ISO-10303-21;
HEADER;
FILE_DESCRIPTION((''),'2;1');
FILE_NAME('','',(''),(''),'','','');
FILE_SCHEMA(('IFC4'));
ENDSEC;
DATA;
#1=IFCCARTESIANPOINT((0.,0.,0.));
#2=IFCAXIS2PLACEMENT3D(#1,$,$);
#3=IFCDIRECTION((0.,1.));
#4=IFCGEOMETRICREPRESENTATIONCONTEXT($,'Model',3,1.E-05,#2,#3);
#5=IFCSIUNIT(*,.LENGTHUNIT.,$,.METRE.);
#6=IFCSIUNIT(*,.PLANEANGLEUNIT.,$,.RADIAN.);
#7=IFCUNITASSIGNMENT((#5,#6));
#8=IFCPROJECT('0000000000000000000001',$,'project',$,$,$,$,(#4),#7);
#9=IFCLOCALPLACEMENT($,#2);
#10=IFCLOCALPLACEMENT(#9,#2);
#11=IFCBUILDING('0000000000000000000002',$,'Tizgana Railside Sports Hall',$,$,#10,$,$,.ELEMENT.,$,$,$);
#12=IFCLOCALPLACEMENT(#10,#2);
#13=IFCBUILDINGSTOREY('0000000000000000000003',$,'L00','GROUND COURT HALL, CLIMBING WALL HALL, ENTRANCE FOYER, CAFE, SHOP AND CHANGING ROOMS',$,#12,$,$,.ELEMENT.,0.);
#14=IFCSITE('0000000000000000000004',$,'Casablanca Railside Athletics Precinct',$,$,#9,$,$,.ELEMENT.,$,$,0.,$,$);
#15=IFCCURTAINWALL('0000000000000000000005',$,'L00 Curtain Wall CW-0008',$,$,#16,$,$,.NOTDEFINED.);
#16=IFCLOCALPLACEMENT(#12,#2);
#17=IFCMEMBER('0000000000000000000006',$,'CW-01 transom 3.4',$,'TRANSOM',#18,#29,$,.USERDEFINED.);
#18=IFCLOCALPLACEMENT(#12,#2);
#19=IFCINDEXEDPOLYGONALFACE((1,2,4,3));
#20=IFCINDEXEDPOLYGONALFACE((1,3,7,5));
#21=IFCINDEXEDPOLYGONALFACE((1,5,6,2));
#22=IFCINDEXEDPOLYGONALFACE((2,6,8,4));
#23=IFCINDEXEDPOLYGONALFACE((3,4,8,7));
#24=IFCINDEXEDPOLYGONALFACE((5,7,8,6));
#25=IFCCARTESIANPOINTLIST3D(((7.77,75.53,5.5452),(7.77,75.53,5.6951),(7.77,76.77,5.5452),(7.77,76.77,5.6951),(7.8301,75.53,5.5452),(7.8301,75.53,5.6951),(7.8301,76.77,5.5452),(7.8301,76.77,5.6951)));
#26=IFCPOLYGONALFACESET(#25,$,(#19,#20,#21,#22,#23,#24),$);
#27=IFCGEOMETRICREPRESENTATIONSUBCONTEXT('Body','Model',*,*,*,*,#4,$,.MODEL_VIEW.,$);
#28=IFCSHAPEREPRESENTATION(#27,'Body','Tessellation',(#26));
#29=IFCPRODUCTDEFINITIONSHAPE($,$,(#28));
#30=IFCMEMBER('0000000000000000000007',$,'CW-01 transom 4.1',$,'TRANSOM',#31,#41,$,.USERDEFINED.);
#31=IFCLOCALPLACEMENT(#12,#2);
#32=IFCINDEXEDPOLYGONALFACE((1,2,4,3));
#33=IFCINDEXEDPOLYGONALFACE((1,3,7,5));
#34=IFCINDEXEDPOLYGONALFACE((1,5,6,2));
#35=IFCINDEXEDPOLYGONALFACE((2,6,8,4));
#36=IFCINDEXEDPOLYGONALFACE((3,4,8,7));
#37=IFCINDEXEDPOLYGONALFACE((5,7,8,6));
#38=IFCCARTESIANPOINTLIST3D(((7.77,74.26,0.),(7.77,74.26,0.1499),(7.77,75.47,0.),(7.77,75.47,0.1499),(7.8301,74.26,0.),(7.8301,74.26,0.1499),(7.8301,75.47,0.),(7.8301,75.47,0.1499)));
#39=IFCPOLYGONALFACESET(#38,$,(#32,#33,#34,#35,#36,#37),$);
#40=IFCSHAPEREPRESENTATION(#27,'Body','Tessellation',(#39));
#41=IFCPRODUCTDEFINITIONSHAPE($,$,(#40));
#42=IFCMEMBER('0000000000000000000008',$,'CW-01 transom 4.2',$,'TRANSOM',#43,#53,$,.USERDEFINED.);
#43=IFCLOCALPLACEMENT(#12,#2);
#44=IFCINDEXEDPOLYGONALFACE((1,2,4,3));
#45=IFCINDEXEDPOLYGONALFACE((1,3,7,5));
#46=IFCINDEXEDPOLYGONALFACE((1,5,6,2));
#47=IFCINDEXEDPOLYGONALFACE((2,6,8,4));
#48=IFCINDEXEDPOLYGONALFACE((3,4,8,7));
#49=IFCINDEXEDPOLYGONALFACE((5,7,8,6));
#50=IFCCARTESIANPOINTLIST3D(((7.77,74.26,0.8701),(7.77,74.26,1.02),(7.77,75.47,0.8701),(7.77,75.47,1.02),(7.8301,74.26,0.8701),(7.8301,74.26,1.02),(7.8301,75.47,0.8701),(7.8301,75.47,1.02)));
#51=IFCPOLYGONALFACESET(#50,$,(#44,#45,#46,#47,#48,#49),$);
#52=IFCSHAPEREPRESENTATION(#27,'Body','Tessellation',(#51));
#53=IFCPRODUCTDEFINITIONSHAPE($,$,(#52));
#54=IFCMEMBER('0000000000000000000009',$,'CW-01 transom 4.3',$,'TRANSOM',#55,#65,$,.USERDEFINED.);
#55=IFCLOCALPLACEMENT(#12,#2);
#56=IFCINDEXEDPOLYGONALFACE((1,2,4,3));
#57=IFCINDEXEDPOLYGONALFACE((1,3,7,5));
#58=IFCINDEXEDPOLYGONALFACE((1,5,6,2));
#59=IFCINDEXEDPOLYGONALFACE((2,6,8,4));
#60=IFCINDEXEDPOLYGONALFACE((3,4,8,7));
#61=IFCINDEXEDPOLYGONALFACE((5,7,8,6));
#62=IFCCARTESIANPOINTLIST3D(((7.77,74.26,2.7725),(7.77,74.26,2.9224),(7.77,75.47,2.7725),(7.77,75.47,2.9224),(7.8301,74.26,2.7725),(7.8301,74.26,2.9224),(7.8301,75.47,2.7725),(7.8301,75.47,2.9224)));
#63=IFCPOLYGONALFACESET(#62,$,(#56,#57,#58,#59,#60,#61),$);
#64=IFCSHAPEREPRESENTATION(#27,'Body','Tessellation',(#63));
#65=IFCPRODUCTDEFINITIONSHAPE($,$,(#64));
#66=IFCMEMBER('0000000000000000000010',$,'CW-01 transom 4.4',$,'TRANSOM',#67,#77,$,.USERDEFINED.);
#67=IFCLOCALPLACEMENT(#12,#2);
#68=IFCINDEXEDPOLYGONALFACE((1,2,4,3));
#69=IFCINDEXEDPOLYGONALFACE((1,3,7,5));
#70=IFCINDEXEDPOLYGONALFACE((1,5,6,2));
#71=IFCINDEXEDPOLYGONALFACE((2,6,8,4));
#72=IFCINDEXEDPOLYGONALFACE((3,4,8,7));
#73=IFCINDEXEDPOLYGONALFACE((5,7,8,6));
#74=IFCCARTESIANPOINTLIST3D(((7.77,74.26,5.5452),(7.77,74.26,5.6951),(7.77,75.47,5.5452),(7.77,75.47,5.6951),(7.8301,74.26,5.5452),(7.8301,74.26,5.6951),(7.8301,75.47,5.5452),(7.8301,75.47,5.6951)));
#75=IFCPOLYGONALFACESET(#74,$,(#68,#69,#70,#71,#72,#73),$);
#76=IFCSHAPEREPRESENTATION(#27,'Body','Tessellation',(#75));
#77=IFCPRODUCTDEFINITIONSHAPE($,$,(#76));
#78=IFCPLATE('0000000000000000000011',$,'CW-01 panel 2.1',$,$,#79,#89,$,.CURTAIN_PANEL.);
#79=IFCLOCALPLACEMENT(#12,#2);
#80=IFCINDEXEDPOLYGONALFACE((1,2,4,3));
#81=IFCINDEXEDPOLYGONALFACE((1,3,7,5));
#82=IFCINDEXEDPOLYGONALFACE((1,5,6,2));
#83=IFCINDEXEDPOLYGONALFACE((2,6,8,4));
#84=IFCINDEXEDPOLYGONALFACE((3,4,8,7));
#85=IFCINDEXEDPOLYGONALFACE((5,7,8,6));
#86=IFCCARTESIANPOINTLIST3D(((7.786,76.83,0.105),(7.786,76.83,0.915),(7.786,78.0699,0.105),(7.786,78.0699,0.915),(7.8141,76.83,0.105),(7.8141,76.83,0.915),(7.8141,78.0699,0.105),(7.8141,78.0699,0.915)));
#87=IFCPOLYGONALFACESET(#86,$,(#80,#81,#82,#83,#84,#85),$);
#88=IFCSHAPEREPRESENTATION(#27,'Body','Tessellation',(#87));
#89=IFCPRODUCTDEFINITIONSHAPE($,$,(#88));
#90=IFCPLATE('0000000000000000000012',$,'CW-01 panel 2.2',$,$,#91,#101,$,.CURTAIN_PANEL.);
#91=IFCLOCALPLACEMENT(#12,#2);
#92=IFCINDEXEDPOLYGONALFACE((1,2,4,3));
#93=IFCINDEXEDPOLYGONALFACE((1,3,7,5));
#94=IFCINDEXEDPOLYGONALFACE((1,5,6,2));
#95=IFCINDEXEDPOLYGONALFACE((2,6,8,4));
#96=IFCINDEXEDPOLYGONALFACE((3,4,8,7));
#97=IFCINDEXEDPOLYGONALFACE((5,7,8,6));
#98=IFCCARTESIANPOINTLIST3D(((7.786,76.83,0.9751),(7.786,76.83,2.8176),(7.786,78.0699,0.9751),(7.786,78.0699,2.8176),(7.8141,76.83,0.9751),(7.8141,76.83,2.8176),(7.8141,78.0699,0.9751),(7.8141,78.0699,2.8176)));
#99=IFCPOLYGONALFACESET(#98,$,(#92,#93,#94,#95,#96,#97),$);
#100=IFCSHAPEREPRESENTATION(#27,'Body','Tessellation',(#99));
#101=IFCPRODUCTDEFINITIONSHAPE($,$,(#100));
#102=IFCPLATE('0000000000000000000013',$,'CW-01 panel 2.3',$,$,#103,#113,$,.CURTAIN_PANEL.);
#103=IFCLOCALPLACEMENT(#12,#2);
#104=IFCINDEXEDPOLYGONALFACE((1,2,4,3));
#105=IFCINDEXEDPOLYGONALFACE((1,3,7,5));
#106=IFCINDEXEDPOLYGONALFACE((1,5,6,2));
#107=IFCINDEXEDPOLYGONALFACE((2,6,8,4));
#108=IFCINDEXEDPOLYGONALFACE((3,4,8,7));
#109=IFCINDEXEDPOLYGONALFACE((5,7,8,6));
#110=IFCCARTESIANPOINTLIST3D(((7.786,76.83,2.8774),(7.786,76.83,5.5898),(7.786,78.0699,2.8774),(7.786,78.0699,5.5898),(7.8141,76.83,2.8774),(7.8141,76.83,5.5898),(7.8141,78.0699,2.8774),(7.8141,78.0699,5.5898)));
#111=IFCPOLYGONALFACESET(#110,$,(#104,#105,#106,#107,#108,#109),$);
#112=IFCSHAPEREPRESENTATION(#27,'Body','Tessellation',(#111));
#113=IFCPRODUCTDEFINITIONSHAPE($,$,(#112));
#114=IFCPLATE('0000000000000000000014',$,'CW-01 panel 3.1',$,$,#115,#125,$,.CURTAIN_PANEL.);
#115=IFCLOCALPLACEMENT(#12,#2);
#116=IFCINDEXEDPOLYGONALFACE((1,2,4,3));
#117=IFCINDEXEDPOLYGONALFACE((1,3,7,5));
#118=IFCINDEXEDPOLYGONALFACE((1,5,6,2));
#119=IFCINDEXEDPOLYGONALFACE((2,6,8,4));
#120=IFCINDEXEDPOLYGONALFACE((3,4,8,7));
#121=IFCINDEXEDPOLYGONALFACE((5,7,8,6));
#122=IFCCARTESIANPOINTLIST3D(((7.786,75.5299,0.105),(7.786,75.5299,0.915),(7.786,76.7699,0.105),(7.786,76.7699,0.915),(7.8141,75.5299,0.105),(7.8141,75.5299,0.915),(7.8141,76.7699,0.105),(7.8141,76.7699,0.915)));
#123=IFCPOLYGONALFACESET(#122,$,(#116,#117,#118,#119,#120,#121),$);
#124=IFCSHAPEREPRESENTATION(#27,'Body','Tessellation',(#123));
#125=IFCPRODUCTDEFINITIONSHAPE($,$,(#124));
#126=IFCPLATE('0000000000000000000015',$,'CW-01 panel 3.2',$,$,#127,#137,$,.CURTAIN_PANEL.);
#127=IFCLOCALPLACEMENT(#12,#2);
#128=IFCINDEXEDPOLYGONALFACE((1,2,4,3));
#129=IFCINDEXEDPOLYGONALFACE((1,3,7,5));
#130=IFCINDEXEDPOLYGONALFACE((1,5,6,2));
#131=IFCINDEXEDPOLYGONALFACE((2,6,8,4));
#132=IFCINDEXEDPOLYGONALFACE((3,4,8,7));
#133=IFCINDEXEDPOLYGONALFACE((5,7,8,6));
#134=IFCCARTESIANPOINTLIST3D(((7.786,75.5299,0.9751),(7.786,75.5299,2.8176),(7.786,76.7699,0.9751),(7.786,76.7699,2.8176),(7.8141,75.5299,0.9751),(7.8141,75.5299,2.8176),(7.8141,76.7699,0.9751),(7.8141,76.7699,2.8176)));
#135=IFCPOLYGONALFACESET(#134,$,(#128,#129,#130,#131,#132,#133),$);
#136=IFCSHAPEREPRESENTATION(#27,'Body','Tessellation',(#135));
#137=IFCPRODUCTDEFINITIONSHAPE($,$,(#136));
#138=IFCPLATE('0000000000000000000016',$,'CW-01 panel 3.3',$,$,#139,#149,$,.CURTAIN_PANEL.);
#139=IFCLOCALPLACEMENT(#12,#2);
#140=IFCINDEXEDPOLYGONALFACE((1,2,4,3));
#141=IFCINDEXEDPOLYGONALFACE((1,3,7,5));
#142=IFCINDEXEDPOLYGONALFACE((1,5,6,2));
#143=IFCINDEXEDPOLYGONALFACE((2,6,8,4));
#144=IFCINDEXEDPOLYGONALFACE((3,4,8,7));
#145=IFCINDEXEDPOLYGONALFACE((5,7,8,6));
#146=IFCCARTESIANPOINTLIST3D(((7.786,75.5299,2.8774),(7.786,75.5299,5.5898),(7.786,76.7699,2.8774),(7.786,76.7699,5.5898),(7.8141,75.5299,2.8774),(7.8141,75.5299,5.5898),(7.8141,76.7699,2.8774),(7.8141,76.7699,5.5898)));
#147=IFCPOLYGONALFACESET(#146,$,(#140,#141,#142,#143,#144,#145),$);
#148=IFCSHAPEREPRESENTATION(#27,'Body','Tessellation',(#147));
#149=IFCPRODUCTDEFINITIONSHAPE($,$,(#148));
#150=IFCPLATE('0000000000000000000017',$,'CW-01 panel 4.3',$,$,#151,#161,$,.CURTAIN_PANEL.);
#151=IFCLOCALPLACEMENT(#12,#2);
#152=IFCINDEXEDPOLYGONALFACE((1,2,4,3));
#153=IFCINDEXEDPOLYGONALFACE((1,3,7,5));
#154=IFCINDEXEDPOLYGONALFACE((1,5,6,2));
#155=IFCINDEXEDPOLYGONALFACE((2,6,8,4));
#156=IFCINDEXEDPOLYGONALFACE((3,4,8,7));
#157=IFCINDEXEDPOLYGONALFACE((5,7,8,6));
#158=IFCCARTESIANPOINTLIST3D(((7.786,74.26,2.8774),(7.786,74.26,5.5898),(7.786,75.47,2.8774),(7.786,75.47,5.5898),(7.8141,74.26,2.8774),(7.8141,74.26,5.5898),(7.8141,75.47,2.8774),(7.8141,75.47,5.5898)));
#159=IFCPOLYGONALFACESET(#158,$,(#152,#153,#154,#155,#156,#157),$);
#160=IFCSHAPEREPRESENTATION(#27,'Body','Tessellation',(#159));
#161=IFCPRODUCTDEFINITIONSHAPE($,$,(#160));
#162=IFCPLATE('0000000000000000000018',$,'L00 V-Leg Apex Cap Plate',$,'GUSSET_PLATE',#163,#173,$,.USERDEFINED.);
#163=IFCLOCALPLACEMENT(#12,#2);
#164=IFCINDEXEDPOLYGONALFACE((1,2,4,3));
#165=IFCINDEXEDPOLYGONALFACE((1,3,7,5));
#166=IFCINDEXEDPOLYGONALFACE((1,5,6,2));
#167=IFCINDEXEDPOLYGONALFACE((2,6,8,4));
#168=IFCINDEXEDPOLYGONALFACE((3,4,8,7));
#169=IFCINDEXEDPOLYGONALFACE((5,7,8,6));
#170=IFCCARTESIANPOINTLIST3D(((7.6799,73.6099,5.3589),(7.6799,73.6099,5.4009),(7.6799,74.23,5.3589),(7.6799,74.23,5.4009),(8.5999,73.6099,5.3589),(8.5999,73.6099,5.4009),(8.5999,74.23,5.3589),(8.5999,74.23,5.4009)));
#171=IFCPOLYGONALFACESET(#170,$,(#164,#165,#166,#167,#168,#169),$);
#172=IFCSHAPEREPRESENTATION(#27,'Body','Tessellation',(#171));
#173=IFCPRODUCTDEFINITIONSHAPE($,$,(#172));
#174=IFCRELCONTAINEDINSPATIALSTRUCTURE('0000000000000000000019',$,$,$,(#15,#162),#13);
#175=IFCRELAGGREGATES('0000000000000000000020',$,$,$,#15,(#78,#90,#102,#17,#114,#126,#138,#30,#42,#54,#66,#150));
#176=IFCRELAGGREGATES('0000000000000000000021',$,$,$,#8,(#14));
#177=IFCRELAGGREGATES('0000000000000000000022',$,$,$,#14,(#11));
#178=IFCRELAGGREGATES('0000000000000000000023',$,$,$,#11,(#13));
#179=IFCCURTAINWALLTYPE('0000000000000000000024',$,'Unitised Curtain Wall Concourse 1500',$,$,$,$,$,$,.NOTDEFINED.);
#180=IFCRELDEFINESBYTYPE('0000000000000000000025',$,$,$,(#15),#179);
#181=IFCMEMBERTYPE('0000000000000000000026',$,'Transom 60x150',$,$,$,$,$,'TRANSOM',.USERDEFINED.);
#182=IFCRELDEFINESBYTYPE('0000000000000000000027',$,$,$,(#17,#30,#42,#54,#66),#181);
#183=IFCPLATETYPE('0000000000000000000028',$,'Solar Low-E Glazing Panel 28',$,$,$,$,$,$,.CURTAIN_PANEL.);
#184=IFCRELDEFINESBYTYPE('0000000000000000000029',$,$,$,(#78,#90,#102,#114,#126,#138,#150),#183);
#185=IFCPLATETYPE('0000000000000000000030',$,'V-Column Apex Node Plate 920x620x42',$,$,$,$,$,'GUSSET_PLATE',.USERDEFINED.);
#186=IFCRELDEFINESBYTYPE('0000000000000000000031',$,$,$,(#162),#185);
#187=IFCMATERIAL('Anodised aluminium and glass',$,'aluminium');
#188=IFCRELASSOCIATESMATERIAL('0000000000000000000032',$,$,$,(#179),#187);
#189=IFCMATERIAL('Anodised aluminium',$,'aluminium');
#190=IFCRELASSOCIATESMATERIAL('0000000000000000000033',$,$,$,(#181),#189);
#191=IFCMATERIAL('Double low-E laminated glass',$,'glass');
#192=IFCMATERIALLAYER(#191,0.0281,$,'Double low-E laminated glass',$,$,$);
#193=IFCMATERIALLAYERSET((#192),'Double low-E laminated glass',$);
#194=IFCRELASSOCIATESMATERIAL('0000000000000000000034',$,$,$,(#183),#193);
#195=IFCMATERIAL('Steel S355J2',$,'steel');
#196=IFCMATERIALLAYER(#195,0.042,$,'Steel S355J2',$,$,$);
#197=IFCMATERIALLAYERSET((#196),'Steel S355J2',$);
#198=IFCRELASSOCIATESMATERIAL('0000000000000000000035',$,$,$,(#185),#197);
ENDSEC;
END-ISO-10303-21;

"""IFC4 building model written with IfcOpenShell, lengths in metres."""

from ifc_helpers import new_model, si_unit, direction, frame, origin, origin_2d, place, context, subcontext, project, spatial, rectangle, extrude, material, layer, layer_set, material_profile, profile_set, type_object, element, aggregate, save


model = new_model("IFC4")

# Units and contexts
model_context = context("Model", 3, precision=1e-05, world=origin(), true_north=direction((0.0, 1.0)))
body_context = subcontext(model_context, "Body", "Model", "MODEL_VIEW")
ifc_project = project(units=[si_unit("LENGTHUNIT", "METRE"), si_unit("PLANEANGLEUNIT", "RADIAN")], contexts=[model_context])

# Site, building, storey
site_placement = place(None, origin())
site = spatial("IfcSite", under=ifc_project, at=site_placement, Name="Casablanca Railside Athletics Precinct", CompositionType="ELEMENT", RefElevation=0.0)
building_placement = place(site_placement, origin())
building = spatial("IfcBuilding", under=site, at=building_placement, Name="Tizgana Railside Sports Hall", CompositionType="ELEMENT")
storey_placement = place(building_placement, origin())
storey = spatial("IfcBuildingStorey", under=building, at=storey_placement, Name="L00", Description="GROUND COURT HALL, CLIMBING WALL HALL, ENTRANCE FOYER, CAFE, SHOP AND CHANGING ROOMS", CompositionType="ELEMENT", Elevation=0.0)

# Shared definitions
ifc_material_1 = material(Name="Steel S355J2", Category="steel")

# Curtain wall, members, plates
ifc_material_2 = material(Name="Anodised aluminium and glass", Category="aluminium")
curtain_wall_type = type_object("IfcCurtainWallType", Name="Unitised Curtain Wall Concourse 1500", PredefinedType="NOTDEFINED", material=ifc_material_2)
curtain_wall_placement = place(storey_placement, origin())
curtain_wall = element("IfcCurtainWall", 1, at=curtain_wall_placement, inside=storey, type_object=curtain_wall_type, Name="L00 Curtain Wall CW-0008", PredefinedType="NOTDEFINED")
ifc_material_3 = material(Name="Anodised aluminium", Category="aluminium")
ifc_material_profile_1 = material_profile(ifc_material_3, rectangle(XDim=0.0601, YDim=0.1499, at=origin_2d()), Name="Transom 60x150")
ifc_profile_set_1 = profile_set([ifc_material_profile_1], Name="Anodised aluminium")
member_type_1 = type_object("IfcMemberType", Name="Transom 60x150", ElementType="TRANSOM", PredefinedType="USERDEFINED", material=ifc_profile_set_1)
member_1_placement = place(storey_placement, frame((7.8, 76.77, 5.6201), z_axis=(0.0, -1.0, 0.0), x_axis=(1.0, 0.0, 0.0)))
member_1 = element("IfcMember", 2, at=member_1_placement, type_object=member_type_1, Name="CW-01 transom 3.4", ObjectType="TRANSOM", PredefinedType="USERDEFINED", context=body_context, shape_type="SweptSolid", body=[
    extrude(rectangle(XDim=0.0601, YDim=0.1499, at=origin_2d()), origin(), (0.0, 0.0, 1.0), 1.24),
])
member_2_placement = place(storey_placement, frame((7.8, 75.47, 0.075), z_axis=(0.0, -1.0, 0.0), x_axis=(1.0, 0.0, 0.0)))
member_2 = element("IfcMember", 3, at=member_2_placement, type_object=member_type_1, Name="CW-01 transom 4.1", ObjectType="TRANSOM", PredefinedType="USERDEFINED", context=body_context, shape_type="SweptSolid", body=[
    extrude(rectangle(XDim=0.0601, YDim=0.1499, at=origin_2d()), origin(), (0.0, 0.0, 1.0), 1.21),
])
member_3_placement = place(storey_placement, frame((7.8, 75.47, 0.9451), z_axis=(0.0, -1.0, 0.0), x_axis=(1.0, 0.0, 0.0)))
member_3 = element("IfcMember", 4, at=member_3_placement, type_object=member_type_1, Name="CW-01 transom 4.2", ObjectType="TRANSOM", PredefinedType="USERDEFINED", context=body_context, shape_type="SweptSolid", body=[
    extrude(rectangle(XDim=0.0601, YDim=0.1499, at=origin_2d()), origin(), (0.0, 0.0, 1.0), 1.21),
])
member_4_placement = place(storey_placement, frame((7.8, 75.47, 2.8474), z_axis=(0.0, -1.0, 0.0), x_axis=(1.0, 0.0, 0.0)))
member_4 = element("IfcMember", 5, at=member_4_placement, type_object=member_type_1, Name="CW-01 transom 4.3", ObjectType="TRANSOM", PredefinedType="USERDEFINED", context=body_context, shape_type="SweptSolid", body=[
    extrude(rectangle(XDim=0.0601, YDim=0.1499, at=origin_2d()), origin(), (0.0, 0.0, 1.0), 1.21),
])
member_5_placement = place(storey_placement, frame((7.8, 75.47, 5.6201), z_axis=(0.0, -1.0, 0.0), x_axis=(1.0, 0.0, 0.0)))
member_5 = element("IfcMember", 6, at=member_5_placement, type_object=member_type_1, Name="CW-01 transom 4.4", ObjectType="TRANSOM", PredefinedType="USERDEFINED", context=body_context, shape_type="SweptSolid", body=[
    extrude(rectangle(XDim=0.0601, YDim=0.1499, at=origin_2d()), origin(), (0.0, 0.0, 1.0), 1.21),
])
ifc_material_4 = material(Name="Double low-E laminated glass", Category="glass")
ifc_layer_1 = layer(ifc_material_4, 0.0281, Name="Double low-E laminated glass")
ifc_layer_set_1 = layer_set([ifc_layer_1], Name="Double low-E laminated glass")
plate_type_1 = type_object("IfcPlateType", Name="Solar Low-E Glazing Panel 28", PredefinedType="CURTAIN_PANEL", material=ifc_layer_set_1)
plate_1_placement = place(storey_placement, frame((7.8, 77.45, 0.105), z_axis=(0.0, 0.0, 1.0), x_axis=(0.0, -1.0, 0.0)))
plate_1 = element("IfcPlate", 7, at=plate_1_placement, type_object=plate_type_1, Name="CW-01 panel 2.1", PredefinedType="CURTAIN_PANEL", context=body_context, shape_type="SweptSolid", body=[
    extrude(rectangle(XDim=1.24, YDim=0.0281, at=origin_2d()), origin(), (0.0, 0.0, 1.0), 0.8101),
])
plate_2_placement = place(storey_placement, frame((7.8, 77.45, 0.9751), z_axis=(0.0, 0.0, 1.0), x_axis=(0.0, -1.0, 0.0)))
plate_2 = element("IfcPlate", 8, at=plate_2_placement, type_object=plate_type_1, Name="CW-01 panel 2.2", PredefinedType="CURTAIN_PANEL", context=body_context, shape_type="SweptSolid", body=[
    extrude(rectangle(XDim=1.24, YDim=0.0281, at=origin_2d()), origin(), (0.0, 0.0, 1.0), 1.8425),
])
plate_3_placement = place(storey_placement, frame((7.8, 77.45, 2.8774), z_axis=(0.0, 0.0, 1.0), x_axis=(0.0, -1.0, 0.0)))
plate_3 = element("IfcPlate", 9, at=plate_3_placement, type_object=plate_type_1, Name="CW-01 panel 2.3", PredefinedType="CURTAIN_PANEL", context=body_context, shape_type="SweptSolid", body=[
    extrude(rectangle(XDim=1.24, YDim=0.0281, at=origin_2d()), origin(), (0.0, 0.0, 1.0), 2.7124),
])
plate_4_placement = place(storey_placement, frame((7.8, 76.1499, 0.105), z_axis=(0.0, 0.0, 1.0), x_axis=(0.0, -1.0, 0.0)))
plate_4 = element("IfcPlate", 10, at=plate_4_placement, type_object=plate_type_1, Name="CW-01 panel 3.1", PredefinedType="CURTAIN_PANEL", context=body_context, shape_type="SweptSolid", body=[
    extrude(rectangle(XDim=1.24, YDim=0.0281, at=origin_2d()), origin(), (0.0, 0.0, 1.0), 0.8101),
])
plate_5_placement = place(storey_placement, frame((7.8, 76.1499, 0.9751), z_axis=(0.0, 0.0, 1.0), x_axis=(0.0, -1.0, 0.0)))
plate_5 = element("IfcPlate", 11, at=plate_5_placement, type_object=plate_type_1, Name="CW-01 panel 3.2", PredefinedType="CURTAIN_PANEL", context=body_context, shape_type="SweptSolid", body=[
    extrude(rectangle(XDim=1.24, YDim=0.0281, at=origin_2d()), origin(), (0.0, 0.0, 1.0), 1.8425),
])
plate_6_placement = place(storey_placement, frame((7.8, 76.1499, 2.8774), z_axis=(0.0, 0.0, 1.0), x_axis=(0.0, -1.0, 0.0)))
plate_6 = element("IfcPlate", 12, at=plate_6_placement, type_object=plate_type_1, Name="CW-01 panel 3.3", PredefinedType="CURTAIN_PANEL", context=body_context, shape_type="SweptSolid", body=[
    extrude(rectangle(XDim=1.24, YDim=0.0281, at=origin_2d()), origin(), (0.0, 0.0, 1.0), 2.7124),
])
plate_7_placement = place(storey_placement, frame((7.8, 74.865, 2.8774), z_axis=(0.0, 0.0, 1.0), x_axis=(0.0, -1.0, 0.0)))
plate_7 = element("IfcPlate", 13, at=plate_7_placement, type_object=plate_type_1, Name="CW-01 panel 4.3", PredefinedType="CURTAIN_PANEL", context=body_context, shape_type="SweptSolid", body=[
    extrude(rectangle(XDim=1.21, YDim=0.0281, at=origin_2d()), origin(), (0.0, 0.0, 1.0), 2.7124),
])
aggregate(curtain_wall, [plate_1, plate_2, plate_3, member_1, plate_4, plate_5, plate_6, member_2, member_3, member_4, member_5, plate_7])

# Plate
ifc_layer_2 = layer(ifc_material_1, 0.042, Name="Steel S355J2")
ifc_layer_set_2 = layer_set([ifc_layer_2], Name="Steel S355J2")
plate_type_2 = type_object("IfcPlateType", Name="V-Column Apex Node Plate 920x620x42", ElementType="GUSSET_PLATE", PredefinedType="USERDEFINED", material=ifc_layer_set_2)
plate_8_placement = place(storey_placement, frame((8.1399, 73.9199, 5.3589), z_axis=(0.0, 0.0, 1.0), x_axis=(1.0, 0.0, 0.0)))
element("IfcPlate", 14, at=plate_8_placement, inside=storey, type_object=plate_type_2, Name="L00 V-Leg Apex Cap Plate", ObjectType="GUSSET_PLATE", PredefinedType="USERDEFINED", context=body_context, shape_type="SweptSolid", body=[
    extrude(rectangle(XDim=0.9199, YDim=0.6201, at=origin_2d()), origin(), (0.0, 0.0, 1.0), 0.042),
])

save(model, "model.ifc")
